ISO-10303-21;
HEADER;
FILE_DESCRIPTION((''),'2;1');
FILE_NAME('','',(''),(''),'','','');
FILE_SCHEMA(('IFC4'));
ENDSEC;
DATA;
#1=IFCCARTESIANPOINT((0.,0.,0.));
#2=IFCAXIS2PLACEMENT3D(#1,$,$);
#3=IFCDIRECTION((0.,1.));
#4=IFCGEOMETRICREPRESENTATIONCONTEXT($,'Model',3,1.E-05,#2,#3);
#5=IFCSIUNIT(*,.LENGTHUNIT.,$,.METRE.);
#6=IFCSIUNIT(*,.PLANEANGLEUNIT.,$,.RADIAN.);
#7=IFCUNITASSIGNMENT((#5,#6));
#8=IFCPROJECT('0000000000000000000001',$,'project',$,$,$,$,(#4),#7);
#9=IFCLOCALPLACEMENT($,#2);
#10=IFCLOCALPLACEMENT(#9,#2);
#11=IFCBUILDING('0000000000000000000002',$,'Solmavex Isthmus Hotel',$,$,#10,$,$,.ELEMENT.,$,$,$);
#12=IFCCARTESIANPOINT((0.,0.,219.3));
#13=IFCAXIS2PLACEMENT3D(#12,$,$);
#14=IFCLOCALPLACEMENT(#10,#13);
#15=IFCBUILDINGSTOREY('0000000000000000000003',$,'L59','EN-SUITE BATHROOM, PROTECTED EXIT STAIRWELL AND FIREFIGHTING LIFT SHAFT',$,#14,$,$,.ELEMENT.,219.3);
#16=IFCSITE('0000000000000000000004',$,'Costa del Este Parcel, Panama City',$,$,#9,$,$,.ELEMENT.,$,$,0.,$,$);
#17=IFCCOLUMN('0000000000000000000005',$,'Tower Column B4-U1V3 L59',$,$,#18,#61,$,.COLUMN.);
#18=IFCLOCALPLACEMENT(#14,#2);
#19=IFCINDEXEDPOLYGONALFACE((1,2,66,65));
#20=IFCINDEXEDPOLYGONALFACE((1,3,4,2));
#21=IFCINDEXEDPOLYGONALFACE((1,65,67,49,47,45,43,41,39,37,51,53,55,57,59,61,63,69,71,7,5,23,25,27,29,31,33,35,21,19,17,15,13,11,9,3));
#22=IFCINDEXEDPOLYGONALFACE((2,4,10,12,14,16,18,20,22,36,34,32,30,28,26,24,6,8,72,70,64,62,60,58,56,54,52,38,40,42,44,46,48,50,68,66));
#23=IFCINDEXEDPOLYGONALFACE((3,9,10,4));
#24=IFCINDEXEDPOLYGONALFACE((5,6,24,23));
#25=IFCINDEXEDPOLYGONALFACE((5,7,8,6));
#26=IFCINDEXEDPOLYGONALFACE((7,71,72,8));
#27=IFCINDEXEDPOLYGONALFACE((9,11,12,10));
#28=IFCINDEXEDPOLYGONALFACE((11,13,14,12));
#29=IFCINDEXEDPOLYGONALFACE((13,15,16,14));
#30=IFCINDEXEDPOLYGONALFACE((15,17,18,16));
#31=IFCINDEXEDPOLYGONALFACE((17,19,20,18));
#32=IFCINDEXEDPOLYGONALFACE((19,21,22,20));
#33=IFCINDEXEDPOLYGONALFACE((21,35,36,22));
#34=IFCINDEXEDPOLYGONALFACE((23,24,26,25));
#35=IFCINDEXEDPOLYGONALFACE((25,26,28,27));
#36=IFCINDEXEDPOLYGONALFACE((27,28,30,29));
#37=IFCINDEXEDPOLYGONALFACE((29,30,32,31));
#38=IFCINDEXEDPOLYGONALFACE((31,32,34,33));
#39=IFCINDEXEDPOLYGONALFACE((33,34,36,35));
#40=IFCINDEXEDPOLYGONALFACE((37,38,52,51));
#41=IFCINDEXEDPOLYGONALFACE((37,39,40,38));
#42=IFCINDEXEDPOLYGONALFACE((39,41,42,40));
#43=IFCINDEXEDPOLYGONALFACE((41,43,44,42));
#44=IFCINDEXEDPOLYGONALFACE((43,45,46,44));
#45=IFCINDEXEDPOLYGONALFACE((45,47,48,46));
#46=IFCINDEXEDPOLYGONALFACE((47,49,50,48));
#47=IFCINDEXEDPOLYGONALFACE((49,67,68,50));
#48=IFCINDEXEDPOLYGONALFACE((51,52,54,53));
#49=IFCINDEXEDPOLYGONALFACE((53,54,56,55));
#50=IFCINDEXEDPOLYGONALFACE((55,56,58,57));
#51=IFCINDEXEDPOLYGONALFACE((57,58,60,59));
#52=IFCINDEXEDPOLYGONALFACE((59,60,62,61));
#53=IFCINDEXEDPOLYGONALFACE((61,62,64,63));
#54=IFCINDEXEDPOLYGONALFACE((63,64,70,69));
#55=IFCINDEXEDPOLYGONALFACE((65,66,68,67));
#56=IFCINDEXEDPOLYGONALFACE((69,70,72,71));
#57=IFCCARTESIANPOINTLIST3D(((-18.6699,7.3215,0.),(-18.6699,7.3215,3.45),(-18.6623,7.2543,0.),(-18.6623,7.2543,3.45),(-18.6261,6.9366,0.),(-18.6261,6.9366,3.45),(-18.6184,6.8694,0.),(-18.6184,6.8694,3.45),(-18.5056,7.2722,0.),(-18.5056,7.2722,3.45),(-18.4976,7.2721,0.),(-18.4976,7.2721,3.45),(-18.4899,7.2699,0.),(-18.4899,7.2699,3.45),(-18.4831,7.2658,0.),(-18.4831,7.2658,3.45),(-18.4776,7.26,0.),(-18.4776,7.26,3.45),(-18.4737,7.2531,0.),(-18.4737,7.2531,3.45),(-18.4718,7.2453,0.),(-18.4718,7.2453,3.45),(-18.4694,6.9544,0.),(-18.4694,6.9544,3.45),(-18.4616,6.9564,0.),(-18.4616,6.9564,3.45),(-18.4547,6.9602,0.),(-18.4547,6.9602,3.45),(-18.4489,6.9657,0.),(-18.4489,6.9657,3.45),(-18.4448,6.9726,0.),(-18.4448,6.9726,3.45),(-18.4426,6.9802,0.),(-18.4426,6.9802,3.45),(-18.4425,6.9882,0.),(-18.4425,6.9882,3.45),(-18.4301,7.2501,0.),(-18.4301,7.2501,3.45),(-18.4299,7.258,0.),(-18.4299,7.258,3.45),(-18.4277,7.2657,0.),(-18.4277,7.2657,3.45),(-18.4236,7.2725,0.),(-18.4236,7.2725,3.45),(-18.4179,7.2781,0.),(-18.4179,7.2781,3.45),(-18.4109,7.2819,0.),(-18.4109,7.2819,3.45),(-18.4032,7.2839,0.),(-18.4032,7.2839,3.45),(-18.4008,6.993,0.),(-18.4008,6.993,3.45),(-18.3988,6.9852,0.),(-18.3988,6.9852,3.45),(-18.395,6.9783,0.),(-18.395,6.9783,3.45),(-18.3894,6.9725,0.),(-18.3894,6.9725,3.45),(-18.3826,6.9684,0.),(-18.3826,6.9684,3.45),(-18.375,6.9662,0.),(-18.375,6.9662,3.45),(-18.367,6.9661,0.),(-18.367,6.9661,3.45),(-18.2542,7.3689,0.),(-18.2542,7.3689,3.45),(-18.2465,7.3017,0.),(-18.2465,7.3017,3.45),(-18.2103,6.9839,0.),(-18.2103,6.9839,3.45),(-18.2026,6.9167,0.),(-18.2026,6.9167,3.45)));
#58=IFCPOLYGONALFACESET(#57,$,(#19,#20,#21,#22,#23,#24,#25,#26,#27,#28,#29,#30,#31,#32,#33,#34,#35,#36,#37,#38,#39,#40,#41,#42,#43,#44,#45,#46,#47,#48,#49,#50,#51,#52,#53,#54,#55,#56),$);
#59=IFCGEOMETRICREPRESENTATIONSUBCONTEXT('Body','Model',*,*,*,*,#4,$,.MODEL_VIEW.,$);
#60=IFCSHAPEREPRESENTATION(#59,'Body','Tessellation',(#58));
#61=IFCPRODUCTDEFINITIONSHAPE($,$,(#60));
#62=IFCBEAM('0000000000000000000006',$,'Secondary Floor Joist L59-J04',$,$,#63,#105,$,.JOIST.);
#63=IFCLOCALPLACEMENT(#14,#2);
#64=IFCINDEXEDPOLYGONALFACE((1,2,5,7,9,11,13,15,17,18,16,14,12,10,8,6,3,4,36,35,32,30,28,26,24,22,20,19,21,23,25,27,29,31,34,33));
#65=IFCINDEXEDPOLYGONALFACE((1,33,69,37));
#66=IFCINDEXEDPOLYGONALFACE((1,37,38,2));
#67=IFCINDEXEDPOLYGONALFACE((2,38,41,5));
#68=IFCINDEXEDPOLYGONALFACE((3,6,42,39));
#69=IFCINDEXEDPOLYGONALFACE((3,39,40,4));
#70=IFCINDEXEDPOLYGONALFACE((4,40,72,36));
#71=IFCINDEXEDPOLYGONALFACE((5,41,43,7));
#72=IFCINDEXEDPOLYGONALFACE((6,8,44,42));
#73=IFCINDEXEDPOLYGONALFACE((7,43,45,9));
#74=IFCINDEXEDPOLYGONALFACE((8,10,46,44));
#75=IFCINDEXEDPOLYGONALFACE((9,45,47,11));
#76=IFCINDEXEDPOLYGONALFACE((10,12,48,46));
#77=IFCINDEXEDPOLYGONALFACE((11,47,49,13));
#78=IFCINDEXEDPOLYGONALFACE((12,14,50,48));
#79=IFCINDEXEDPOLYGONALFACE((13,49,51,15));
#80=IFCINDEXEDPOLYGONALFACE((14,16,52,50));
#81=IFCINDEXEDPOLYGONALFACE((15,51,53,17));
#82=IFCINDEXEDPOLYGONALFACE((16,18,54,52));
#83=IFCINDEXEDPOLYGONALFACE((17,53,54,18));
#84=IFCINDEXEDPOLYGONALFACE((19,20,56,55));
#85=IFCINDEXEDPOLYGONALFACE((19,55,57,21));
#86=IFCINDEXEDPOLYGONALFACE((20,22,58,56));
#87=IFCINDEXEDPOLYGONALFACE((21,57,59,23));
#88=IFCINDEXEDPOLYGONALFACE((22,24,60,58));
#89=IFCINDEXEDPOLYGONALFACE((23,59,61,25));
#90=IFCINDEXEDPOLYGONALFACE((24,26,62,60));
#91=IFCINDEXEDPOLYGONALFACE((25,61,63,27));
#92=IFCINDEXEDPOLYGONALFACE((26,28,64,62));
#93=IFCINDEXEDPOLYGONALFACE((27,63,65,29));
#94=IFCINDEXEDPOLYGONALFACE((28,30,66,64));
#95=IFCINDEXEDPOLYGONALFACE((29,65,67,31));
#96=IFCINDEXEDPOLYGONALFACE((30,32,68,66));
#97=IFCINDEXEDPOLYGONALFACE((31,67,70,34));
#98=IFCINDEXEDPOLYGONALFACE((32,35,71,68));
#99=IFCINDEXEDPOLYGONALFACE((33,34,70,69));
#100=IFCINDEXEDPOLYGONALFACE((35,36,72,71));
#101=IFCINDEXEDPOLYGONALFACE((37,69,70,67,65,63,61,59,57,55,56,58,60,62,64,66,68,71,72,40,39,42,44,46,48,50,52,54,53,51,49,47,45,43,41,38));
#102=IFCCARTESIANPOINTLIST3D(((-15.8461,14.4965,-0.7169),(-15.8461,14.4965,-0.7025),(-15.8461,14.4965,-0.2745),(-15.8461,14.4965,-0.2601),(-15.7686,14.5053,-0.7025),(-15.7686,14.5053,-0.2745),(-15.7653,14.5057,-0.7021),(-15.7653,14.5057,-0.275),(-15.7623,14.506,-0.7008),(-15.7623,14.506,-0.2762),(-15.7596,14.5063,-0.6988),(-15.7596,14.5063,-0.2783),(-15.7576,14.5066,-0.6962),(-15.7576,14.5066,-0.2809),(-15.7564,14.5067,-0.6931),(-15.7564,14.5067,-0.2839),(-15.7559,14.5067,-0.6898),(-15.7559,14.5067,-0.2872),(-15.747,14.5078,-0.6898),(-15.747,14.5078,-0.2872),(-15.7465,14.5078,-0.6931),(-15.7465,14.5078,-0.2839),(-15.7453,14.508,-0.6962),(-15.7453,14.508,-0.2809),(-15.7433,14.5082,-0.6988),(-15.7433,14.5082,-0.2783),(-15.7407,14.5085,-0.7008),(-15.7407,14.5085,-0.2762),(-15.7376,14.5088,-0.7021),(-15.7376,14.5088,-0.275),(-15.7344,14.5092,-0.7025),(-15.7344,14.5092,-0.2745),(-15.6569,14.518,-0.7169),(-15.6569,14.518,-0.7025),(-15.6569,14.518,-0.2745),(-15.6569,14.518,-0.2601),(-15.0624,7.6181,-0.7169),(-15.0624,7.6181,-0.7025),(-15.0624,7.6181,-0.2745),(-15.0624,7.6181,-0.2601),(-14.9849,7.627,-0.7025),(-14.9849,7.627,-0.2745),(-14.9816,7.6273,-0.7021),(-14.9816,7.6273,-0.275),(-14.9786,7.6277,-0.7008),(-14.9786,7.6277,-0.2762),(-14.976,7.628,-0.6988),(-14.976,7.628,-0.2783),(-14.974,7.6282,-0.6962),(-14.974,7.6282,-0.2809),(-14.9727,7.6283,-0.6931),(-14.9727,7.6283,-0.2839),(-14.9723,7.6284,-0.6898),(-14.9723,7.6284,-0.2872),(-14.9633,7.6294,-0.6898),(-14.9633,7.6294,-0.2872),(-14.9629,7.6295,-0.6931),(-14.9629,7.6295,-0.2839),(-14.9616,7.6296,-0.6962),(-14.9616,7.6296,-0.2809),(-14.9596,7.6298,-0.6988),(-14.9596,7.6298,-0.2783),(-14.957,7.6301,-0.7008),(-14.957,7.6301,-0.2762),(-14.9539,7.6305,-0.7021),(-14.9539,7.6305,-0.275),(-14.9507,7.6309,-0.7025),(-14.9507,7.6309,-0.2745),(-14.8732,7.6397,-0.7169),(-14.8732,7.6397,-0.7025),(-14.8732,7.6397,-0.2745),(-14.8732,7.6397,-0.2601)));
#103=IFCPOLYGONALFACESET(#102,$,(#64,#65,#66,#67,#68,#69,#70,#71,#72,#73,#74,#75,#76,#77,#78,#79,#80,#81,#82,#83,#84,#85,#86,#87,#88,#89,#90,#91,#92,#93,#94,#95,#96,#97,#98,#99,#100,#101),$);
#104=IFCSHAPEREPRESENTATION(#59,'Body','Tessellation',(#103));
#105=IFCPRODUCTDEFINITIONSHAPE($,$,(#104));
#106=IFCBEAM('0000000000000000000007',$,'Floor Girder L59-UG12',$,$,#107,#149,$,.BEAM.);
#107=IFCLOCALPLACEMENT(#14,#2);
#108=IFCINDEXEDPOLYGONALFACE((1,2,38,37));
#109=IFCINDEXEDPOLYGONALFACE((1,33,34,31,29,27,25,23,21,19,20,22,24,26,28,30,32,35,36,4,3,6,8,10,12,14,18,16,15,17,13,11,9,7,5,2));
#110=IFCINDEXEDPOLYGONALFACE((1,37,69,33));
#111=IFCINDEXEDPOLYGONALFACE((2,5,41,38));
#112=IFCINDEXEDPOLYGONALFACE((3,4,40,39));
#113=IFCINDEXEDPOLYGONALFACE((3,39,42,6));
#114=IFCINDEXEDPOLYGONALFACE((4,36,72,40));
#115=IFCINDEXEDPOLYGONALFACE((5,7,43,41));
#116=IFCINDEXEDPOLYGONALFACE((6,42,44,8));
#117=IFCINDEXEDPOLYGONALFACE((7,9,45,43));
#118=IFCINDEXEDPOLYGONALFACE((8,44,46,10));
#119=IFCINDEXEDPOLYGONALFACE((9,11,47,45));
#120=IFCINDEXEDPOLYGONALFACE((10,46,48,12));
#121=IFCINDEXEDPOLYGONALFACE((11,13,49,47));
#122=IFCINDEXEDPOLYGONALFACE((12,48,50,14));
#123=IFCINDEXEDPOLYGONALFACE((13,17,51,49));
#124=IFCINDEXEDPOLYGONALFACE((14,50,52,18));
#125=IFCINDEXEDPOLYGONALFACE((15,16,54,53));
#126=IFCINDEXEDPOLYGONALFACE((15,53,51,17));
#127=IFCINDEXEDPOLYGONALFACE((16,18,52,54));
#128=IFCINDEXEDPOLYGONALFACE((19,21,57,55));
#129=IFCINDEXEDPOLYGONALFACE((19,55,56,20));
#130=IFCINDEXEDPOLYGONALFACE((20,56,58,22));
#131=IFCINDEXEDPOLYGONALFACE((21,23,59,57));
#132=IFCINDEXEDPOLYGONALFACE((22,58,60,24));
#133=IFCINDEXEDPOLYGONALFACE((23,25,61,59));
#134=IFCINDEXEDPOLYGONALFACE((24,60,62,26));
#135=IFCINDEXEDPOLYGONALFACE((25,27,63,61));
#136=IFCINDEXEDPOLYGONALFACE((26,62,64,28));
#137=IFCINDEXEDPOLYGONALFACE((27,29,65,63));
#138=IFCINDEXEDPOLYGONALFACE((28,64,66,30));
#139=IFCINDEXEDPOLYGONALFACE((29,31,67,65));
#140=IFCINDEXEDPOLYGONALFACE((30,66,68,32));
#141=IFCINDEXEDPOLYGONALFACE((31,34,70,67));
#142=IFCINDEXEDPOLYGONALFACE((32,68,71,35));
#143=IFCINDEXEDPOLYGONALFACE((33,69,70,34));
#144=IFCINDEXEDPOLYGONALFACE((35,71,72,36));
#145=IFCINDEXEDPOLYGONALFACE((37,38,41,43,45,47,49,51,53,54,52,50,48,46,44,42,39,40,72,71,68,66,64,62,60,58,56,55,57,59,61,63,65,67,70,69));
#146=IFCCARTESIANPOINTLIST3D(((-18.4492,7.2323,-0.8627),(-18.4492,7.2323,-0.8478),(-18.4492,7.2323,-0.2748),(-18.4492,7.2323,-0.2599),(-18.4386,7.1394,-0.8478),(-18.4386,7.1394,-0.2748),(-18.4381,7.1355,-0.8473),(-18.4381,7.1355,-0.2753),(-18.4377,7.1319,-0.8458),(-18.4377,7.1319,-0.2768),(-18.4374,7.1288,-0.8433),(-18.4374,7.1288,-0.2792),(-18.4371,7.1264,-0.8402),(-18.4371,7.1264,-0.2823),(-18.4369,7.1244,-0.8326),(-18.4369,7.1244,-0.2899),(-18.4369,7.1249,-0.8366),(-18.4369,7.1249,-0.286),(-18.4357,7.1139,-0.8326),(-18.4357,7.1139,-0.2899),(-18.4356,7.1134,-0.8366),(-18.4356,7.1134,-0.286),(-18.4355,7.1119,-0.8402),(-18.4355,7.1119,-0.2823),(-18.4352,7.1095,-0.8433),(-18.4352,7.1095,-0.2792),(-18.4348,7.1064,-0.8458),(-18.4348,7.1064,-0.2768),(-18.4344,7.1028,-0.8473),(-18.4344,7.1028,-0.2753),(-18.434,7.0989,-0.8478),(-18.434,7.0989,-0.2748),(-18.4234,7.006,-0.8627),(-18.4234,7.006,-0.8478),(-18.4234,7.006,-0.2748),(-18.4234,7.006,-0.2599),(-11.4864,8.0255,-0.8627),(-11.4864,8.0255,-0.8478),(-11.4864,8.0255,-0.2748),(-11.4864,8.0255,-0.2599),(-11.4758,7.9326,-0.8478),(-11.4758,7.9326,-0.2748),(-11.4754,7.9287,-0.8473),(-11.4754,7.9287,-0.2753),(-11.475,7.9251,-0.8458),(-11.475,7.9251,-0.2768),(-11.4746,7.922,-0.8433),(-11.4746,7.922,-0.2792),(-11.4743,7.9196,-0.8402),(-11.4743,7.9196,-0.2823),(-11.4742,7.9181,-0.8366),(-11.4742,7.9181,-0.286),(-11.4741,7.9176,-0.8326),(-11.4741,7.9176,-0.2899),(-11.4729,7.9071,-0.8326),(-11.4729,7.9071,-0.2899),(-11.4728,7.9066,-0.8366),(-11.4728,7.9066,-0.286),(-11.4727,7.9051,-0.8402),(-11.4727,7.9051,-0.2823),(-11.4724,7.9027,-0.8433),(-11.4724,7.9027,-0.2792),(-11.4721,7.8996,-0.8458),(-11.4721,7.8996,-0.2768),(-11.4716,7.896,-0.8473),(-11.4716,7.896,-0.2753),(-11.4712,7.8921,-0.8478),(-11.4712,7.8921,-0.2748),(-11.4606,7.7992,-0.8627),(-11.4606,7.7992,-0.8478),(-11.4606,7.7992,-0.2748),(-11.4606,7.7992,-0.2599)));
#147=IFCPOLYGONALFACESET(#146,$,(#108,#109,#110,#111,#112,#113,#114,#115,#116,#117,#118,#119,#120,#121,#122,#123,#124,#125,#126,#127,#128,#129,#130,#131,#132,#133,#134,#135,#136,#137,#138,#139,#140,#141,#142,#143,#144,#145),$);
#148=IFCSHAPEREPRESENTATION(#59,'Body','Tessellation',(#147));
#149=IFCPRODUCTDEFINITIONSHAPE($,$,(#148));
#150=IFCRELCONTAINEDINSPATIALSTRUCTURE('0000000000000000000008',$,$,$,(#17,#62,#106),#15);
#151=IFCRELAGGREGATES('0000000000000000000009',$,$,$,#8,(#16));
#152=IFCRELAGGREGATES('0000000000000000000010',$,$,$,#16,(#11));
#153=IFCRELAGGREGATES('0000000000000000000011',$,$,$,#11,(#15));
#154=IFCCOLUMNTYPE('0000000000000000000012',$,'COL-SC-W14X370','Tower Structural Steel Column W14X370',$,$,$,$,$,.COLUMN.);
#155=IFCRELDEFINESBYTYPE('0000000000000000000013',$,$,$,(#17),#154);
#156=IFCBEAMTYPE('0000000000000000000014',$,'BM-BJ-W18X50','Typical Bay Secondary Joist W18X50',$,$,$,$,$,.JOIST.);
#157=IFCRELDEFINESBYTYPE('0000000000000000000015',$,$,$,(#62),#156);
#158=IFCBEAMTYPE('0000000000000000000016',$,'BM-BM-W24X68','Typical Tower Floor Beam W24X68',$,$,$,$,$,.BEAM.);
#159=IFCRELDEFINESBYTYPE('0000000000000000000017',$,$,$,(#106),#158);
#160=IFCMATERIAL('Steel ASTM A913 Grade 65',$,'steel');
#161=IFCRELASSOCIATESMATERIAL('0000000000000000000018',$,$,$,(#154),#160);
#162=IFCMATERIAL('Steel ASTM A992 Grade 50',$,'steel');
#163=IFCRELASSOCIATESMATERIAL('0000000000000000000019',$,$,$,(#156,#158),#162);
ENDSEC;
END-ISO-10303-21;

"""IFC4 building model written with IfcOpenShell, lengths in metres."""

from ifc_helpers import new_model, si_unit, direction, frame, origin, origin_2d, place, context, subcontext, project, spatial, i_section, extrude, material, material_profile, profile_set, type_object, element, save


model = new_model("IFC4")

# Units and contexts
model_context = context("Model", 3, precision=1e-05, world=origin(), true_north=direction((0.0, 1.0)))
body_context = subcontext(model_context, "Body", "Model", "MODEL_VIEW")
ifc_project = project(units=[si_unit("LENGTHUNIT", "METRE"), si_unit("PLANEANGLEUNIT", "RADIAN")], contexts=[model_context])

# Site, building, storey
site_placement = place(None, origin())
site = spatial("IfcSite", under=ifc_project, at=site_placement, Name="Costa del Este Parcel, Panama City", CompositionType="ELEMENT", RefElevation=0.0)
building_placement = place(site_placement, origin())
building = spatial("IfcBuilding", under=site, at=building_placement, Name="Solmavex Isthmus Hotel", CompositionType="ELEMENT")
storey_placement = place(building_placement, frame((0.0, 0.0, 219.3)))
storey = spatial("IfcBuildingStorey", under=building, at=storey_placement, Name="L59", Description="EN-SUITE BATHROOM, PROTECTED EXIT STAIRWELL AND FIREFIGHTING LIFT SHAFT", CompositionType="ELEMENT", Elevation=219.3)

# Column
ifc_material_1 = material(Name="Steel ASTM A913 Grade 65", Category="steel")
ifc_material_profile_1 = material_profile(ifc_material_1, i_section(OverallWidth=0.4185, OverallDepth=0.4551, WebThickness=0.042, FlangeThickness=0.0676, FilletRadius=0.0305, at=origin_2d()), Name="W14X370")
ifc_profile_set_1 = profile_set([ifc_material_profile_1], Name="Steel ASTM A913 Grade 65")
column_type = type_object("IfcColumnType", Name="COL-SC-W14X370", Description="Tower Structural Steel Column W14X370", PredefinedType="COLUMN", material=ifc_profile_set_1)
column_placement = place(storey_placement, frame((-18.4363, 7.1191, 0.0), z_axis=(0.0, 0.0, 1.0), x_axis=(0.993572, 0.113203, 0.0)))
element("IfcColumn", 1, at=column_placement, inside=storey, type_object=column_type, Name="Tower Column B4-U1V3 L59", PredefinedType="COLUMN", context=body_context, shape_type="SweptSolid", body=[
    extrude(i_section(OverallWidth=0.4185, OverallDepth=0.4551, WebThickness=0.042, FlangeThickness=0.0676, FilletRadius=0.0305, at=origin_2d()), origin(), (0.0, 0.0, 1.0), 3.45),
])

# Beams
ifc_material_2 = material(Name="Steel ASTM A992 Grade 50", Category="steel")
ifc_material_profile_2 = material_profile(ifc_material_2, i_section(OverallWidth=0.1904, OverallDepth=0.4568, WebThickness=0.009, FlangeThickness=0.0144, FilletRadius=0.0127, at=origin_2d()), Name="W18X50")
ifc_profile_set_2 = profile_set([ifc_material_profile_2], Name="Steel ASTM A992 Grade 50")
beam_type_1 = type_object("IfcBeamType", Name="BM-BJ-W18X50", Description="Typical Bay Secondary Joist W18X50", PredefinedType="JOIST", material=ifc_profile_set_2)
beam_1_placement = place(storey_placement, frame((-14.9678, 7.6289, -0.4885), z_axis=(-0.113202, 0.993572, 0.0), x_axis=(-0.993572, -0.113202, 0.0)))
element("IfcBeam", 2, at=beam_1_placement, inside=storey, type_object=beam_type_1, Name="Secondary Floor Joist L59-J04", PredefinedType="JOIST", context=body_context, shape_type="SweptSolid", body=[
    extrude(i_section(OverallWidth=0.1904, OverallDepth=0.4568, WebThickness=0.009, FlangeThickness=0.0144, FilletRadius=0.0127, at=origin_2d()), origin(), (0.0, 0.0, 1.0), 6.9229),
])
ifc_material_profile_3 = material_profile(ifc_material_2, i_section(OverallWidth=0.2278, OverallDepth=0.6028, WebThickness=0.0105, FlangeThickness=0.0149, FilletRadius=0.0151, at=origin_2d()), Name="W24X68")
ifc_profile_set_3 = profile_set([ifc_material_profile_3], Name="Steel ASTM A992 Grade 50")
beam_type_2 = type_object("IfcBeamType", Name="BM-BM-W24X68", Description="Typical Tower Floor Beam W24X68", PredefinedType="BEAM", material=ifc_profile_set_3)
beam_2_placement = place(storey_placement, frame((-18.4363, 7.1191, -0.5613), z_axis=(0.993574, 0.113188, 0.0), x_axis=(-0.113188, 0.993574, 0.0)))
element("IfcBeam", 3, at=beam_2_placement, inside=storey, type_object=beam_type_2, Name="Floor Girder L59-UG12", PredefinedType="BEAM", context=body_context, shape_type="SweptSolid", body=[
    extrude(i_section(OverallWidth=0.2278, OverallDepth=0.6028, WebThickness=0.0105, FlangeThickness=0.0149, FilletRadius=0.0151, at=origin_2d()), origin(), (0.0, 0.0, 1.0), 7.0078),
])

save(model, "model.ifc")
